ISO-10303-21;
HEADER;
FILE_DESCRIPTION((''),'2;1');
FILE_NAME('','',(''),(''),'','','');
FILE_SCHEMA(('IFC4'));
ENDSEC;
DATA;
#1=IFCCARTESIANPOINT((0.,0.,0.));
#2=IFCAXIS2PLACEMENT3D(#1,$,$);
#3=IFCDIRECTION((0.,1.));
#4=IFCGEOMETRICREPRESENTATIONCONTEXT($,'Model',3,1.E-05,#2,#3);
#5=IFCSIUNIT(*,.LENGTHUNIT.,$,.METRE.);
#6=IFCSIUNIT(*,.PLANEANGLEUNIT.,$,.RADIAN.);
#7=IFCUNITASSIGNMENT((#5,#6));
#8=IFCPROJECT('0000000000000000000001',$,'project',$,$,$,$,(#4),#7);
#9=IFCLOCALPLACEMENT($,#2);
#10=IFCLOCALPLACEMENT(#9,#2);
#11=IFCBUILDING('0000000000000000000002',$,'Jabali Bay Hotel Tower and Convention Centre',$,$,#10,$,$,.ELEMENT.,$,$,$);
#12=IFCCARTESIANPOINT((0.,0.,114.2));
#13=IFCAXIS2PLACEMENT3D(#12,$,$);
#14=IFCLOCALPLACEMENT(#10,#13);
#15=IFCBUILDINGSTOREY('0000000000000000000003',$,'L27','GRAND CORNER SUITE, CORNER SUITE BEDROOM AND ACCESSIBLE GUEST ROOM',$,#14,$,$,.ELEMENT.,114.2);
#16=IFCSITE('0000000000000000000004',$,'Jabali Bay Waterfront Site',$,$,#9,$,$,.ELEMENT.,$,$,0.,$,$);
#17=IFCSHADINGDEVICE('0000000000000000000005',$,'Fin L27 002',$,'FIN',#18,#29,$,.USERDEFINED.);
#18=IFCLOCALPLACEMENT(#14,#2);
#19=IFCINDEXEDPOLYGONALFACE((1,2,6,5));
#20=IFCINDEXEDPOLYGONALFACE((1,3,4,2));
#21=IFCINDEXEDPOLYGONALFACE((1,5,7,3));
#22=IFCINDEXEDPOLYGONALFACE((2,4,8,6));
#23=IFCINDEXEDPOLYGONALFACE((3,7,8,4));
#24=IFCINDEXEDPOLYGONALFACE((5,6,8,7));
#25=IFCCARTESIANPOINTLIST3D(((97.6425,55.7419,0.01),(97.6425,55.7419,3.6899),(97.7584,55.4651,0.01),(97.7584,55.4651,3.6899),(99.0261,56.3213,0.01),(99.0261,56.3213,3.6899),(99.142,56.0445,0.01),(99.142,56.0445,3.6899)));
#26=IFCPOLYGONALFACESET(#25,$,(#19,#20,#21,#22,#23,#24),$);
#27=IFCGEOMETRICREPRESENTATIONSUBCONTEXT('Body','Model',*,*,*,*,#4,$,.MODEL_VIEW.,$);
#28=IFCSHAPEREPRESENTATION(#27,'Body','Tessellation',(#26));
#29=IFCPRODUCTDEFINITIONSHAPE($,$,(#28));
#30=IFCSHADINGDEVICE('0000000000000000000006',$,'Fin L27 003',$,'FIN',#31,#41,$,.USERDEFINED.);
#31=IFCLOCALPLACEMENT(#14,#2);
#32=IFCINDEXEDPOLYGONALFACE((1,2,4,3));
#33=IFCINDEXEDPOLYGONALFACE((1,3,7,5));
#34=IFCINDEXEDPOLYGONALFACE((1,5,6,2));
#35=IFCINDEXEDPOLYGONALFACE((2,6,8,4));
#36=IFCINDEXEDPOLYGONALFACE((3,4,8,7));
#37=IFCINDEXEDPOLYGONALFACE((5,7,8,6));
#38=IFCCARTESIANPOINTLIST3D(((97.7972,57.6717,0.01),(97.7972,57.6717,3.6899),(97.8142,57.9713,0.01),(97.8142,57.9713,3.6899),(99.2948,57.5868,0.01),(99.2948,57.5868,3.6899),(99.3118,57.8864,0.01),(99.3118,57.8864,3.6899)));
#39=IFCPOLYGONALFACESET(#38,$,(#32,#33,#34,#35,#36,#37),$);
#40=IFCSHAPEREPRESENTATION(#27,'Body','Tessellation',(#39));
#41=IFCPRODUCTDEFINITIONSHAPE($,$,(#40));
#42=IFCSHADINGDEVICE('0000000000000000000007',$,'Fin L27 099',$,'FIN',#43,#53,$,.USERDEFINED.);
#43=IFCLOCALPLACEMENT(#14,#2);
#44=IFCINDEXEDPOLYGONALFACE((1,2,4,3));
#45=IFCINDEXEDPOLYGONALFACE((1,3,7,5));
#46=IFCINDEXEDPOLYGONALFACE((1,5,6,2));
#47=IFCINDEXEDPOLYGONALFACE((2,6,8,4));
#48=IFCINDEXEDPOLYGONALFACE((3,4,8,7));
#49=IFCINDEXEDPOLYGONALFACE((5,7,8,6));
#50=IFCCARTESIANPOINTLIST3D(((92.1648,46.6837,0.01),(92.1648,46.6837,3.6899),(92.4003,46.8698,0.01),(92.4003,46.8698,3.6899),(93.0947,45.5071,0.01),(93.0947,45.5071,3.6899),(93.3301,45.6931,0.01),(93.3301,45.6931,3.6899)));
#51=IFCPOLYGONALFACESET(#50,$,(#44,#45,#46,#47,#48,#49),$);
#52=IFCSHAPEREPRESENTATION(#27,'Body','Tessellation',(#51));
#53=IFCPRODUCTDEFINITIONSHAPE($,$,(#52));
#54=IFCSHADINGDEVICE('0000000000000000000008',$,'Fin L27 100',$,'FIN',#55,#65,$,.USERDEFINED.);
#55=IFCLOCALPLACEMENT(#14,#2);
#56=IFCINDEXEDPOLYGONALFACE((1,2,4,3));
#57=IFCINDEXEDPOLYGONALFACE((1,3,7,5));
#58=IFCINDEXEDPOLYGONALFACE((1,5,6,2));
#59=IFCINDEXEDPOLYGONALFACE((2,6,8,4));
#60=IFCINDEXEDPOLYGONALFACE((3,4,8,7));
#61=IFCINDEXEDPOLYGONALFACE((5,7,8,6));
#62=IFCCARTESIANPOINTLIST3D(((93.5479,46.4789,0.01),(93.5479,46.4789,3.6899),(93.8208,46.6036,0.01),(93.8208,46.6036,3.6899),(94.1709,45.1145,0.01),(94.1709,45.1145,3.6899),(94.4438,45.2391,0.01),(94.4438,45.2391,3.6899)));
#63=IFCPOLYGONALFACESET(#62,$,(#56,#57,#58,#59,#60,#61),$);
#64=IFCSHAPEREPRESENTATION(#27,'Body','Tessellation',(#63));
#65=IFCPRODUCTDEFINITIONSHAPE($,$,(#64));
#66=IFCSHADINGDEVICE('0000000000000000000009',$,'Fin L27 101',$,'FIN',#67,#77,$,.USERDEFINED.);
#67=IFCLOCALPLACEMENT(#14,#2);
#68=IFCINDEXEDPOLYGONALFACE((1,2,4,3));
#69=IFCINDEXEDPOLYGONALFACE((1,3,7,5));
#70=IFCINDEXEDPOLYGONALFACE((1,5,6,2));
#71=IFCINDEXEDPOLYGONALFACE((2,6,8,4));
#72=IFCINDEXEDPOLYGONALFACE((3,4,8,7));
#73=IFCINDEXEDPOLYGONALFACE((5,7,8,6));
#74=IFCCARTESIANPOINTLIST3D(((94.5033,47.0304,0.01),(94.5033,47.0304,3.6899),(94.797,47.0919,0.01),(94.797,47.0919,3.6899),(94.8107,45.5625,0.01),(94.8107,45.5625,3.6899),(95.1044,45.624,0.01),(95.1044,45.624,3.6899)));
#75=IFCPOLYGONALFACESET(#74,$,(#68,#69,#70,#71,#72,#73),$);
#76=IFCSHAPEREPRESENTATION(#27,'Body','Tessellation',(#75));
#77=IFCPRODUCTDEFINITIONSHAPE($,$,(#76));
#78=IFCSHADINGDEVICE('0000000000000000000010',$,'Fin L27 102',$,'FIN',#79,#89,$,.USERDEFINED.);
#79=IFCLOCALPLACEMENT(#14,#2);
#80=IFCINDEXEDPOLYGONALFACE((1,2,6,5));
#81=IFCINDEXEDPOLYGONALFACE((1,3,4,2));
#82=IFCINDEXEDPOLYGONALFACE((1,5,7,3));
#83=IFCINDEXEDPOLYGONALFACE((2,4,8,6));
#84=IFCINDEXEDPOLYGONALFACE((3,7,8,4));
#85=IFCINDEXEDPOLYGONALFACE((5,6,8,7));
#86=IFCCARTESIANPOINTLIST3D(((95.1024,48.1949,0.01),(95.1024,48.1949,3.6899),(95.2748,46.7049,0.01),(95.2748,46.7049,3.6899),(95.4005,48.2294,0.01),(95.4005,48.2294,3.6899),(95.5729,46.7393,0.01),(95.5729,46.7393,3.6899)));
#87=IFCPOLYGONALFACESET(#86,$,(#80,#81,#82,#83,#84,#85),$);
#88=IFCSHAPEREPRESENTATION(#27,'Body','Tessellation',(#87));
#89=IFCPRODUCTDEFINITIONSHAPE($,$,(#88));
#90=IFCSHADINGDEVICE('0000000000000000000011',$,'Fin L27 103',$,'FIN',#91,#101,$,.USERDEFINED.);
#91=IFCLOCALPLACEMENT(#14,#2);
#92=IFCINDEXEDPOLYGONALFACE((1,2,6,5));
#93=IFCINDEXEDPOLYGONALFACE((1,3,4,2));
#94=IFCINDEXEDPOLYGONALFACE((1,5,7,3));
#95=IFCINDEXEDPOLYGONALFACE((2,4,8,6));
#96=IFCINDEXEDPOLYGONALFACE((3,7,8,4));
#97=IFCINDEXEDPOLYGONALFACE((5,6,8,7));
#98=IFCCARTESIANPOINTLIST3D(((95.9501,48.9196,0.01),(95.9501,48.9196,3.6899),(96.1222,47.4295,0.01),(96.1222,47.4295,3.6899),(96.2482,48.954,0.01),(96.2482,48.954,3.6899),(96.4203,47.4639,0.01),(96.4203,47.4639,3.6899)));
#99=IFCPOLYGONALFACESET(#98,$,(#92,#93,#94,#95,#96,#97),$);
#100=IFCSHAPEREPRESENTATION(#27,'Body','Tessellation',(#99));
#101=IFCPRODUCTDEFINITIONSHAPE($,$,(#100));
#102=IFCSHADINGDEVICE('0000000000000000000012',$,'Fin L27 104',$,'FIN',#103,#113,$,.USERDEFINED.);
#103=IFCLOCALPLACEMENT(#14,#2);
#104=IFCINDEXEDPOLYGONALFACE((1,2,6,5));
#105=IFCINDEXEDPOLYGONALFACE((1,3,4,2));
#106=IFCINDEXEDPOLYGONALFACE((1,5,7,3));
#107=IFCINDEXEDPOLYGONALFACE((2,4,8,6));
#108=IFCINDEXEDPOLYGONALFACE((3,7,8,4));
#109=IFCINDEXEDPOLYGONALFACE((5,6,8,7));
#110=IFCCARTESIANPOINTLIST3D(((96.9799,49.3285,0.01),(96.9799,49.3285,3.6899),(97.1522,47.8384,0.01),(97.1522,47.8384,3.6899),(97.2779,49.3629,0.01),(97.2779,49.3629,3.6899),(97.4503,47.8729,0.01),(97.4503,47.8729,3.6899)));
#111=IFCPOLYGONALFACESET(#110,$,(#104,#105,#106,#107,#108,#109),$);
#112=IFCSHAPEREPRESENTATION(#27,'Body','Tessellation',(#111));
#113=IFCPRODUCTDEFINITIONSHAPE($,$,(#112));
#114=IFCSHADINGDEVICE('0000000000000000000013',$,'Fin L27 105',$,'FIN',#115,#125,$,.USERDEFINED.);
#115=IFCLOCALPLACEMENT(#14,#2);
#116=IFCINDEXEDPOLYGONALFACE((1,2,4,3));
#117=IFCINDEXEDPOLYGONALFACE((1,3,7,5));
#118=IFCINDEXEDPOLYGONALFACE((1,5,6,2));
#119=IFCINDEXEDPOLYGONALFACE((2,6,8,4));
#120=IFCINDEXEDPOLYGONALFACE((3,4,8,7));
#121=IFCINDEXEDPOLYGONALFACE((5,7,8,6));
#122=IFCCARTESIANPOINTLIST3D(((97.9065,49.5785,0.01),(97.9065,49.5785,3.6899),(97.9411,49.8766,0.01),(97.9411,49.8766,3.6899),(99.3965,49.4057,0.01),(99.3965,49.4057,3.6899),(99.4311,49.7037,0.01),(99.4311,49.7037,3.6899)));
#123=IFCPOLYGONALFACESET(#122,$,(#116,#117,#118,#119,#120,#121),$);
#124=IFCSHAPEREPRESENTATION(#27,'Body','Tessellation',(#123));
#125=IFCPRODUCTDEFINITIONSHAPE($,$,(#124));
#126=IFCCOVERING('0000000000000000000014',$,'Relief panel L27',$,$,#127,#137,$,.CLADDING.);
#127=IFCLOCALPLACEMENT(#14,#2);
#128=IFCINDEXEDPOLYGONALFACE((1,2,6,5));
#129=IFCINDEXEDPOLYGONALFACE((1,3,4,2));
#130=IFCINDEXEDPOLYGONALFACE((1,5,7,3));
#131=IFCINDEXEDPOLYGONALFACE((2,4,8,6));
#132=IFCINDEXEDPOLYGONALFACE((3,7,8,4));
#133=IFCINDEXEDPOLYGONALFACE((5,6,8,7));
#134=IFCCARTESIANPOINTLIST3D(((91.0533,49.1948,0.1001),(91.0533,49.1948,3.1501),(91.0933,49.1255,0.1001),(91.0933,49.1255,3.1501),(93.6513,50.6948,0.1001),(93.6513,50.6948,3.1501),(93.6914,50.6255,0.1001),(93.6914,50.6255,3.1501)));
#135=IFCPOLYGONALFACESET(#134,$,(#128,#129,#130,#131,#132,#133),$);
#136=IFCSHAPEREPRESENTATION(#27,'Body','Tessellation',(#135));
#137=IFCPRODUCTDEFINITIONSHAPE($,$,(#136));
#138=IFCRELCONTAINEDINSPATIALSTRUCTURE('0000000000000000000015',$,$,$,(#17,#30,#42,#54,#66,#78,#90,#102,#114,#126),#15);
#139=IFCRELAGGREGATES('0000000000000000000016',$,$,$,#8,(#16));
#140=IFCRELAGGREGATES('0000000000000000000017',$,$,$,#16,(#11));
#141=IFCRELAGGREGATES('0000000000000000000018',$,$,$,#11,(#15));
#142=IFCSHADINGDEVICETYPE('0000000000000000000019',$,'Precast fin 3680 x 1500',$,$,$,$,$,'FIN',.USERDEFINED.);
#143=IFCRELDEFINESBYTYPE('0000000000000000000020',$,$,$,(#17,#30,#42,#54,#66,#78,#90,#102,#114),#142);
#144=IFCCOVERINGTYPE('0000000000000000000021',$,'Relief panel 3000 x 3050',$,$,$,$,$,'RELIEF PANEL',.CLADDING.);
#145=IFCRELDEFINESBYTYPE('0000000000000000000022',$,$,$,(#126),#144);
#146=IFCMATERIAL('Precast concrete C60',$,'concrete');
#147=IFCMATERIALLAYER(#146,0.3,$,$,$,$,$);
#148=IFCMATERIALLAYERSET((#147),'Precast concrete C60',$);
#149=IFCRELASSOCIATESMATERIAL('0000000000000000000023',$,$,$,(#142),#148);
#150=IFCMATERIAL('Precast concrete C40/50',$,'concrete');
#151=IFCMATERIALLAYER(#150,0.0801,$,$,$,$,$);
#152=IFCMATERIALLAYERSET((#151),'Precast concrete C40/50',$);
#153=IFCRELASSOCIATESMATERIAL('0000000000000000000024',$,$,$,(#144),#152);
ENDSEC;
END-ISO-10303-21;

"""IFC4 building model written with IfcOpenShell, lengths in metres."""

from ifc_helpers import new_model, si_unit, direction, frame, frame_2d, origin, origin_2d, place, context, subcontext, project, spatial, rectangle, extrude, material, layer, layer_set, type_object, element, save


model = new_model("IFC4")

# Units and contexts
model_context = context("Model", 3, precision=1e-05, world=origin(), true_north=direction((0.0, 1.0)))
body_context = subcontext(model_context, "Body", "Model", "MODEL_VIEW")
ifc_project = project(units=[si_unit("LENGTHUNIT", "METRE"), si_unit("PLANEANGLEUNIT", "RADIAN")], contexts=[model_context])

# Site, building, storey
site_placement = place(None, origin())
site = spatial("IfcSite", under=ifc_project, at=site_placement, Name="Jabali Bay Waterfront Site", CompositionType="ELEMENT", RefElevation=0.0)
building_placement = place(site_placement, origin())
building = spatial("IfcBuilding", under=site, at=building_placement, Name="Jabali Bay Hotel Tower and Convention Centre", CompositionType="ELEMENT")
storey_placement = place(building_placement, frame((0.0, 0.0, 114.2)))
storey = spatial("IfcBuildingStorey", under=building, at=storey_placement, Name="L27", Description="GRAND CORNER SUITE, CORNER SUITE BEDROOM AND ACCESSIBLE GUEST ROOM", CompositionType="ELEMENT", Elevation=114.2)

# Shading devices
ifc_material_1 = material(Name="Precast concrete C60", Category="concrete")
ifc_layer_1 = layer(ifc_material_1, 0.3)
ifc_layer_set_1 = layer_set([ifc_layer_1], Name="Precast concrete C60")
shading_device_type = type_object("IfcShadingDeviceType", Name="Precast fin 3680 x 1500", ElementType="FIN", PredefinedType="USERDEFINED", material=ifc_layer_set_1)
for number, where, z_axis, x_axis, name in (
    (1, (97.7004, 55.6035, 0.01), (0.0, 0.0, 1.0), (0.922396, 0.386244, 0.0), "Fin L27 002"),
    (2, (97.8057, 57.8215, 0.01), (0.0, 0.0, 1.0), (0.998395, -0.056642, 0.0), "Fin L27 003"),
):
    element("IfcShadingDevice", number, at=place(storey_placement, frame(where, z_axis=z_axis, x_axis=x_axis)), inside=storey, type_object=shading_device_type, Name=name, ObjectType="FIN", PredefinedType="USERDEFINED", context=body_context, shape_type="SweptSolid", body=[
        extrude(rectangle(XDim=1.5, YDim=0.3, at=frame_2d((0.75, 0.0))), origin(), (0.0, 0.0, 1.0), 3.6799),
    ])
shading_device_1_placement = place(storey_placement, frame((92.2825, 46.7769, 0.01), z_axis=(0.0, 0.0, 1.0), x_axis=(0.620019, -0.784587, 0.0)))
element("IfcShadingDevice", 3, at=shading_device_1_placement, inside=storey, type_object=shading_device_type, Name="Fin L27 099", ObjectType="FIN", PredefinedType="USERDEFINED", context=body_context, shape_type="SweptSolid", body=[
    extrude(rectangle(XDim=1.4998, YDim=0.3, at=frame_2d((0.75, 0.0))), origin(), (0.0, 0.0, 1.0), 3.6799),
])
shading_device_2_placement = place(storey_placement, frame((93.6843, 46.5413, 0.01), z_axis=(0.0, 0.0, 1.0), x_axis=(0.41536, -0.909657, 0.0)))
element("IfcShadingDevice", 4, at=shading_device_2_placement, inside=storey, type_object=shading_device_type, Name="Fin L27 100", ObjectType="FIN", PredefinedType="USERDEFINED", context=body_context, shape_type="SweptSolid", body=[
    extrude(rectangle(XDim=1.5, YDim=0.3, at=frame_2d((0.75, 0.0))), origin(), (0.0, 0.0, 1.0), 3.6799),
])
shading_device_3_placement = place(storey_placement, frame((94.6501, 47.0613, 0.01), z_axis=(0.0, 0.0, 1.0), x_axis=(0.204936, -0.978775, 0.0)))
element("IfcShadingDevice", 5, at=shading_device_3_placement, inside=storey, type_object=shading_device_type, Name="Fin L27 101", ObjectType="FIN", PredefinedType="USERDEFINED", context=body_context, shape_type="SweptSolid", body=[
    extrude(rectangle(XDim=1.4998, YDim=0.3, at=frame_2d((0.75, 0.0))), origin(), (0.0, 0.0, 1.0), 3.6799),
])
for number, where, z_axis, x_axis, name in (
    (6, (95.2515, 48.2122, 0.01), (0.0, 0.0, 1.0), (0.114914, -0.993375, 0.0), "Fin L27 102"),
    (7, (96.0991, 48.9368, 0.01), (0.0, 0.0, 1.0), (0.114754, -0.993394, 0.0), "Fin L27 103"),
    (8, (97.1289, 49.3457, 0.01), (0.0, 0.0, 1.0), (0.114914, -0.993375, 0.0), "Fin L27 104"),
    (9, (97.9238, 49.7275, 0.01), (0.0, 0.0, 1.0), (0.993338, -0.115236, 0.0), "Fin L27 105"),
):
    element("IfcShadingDevice", number, at=place(storey_placement, frame(where, z_axis=z_axis, x_axis=x_axis)), inside=storey, type_object=shading_device_type, Name=name, ObjectType="FIN", PredefinedType="USERDEFINED", context=body_context, shape_type="SweptSolid", body=[
        extrude(rectangle(XDim=1.5, YDim=0.3, at=frame_2d((0.75, 0.0))), origin(), (0.0, 0.0, 1.0), 3.6799),
    ])

# Covering
ifc_material_2 = material(Name="Precast concrete C40/50", Category="concrete")
ifc_layer_2 = layer(ifc_material_2, 0.0801)
ifc_layer_set_2 = layer_set([ifc_layer_2], Name="Precast concrete C40/50")
covering_type = type_object("IfcCoveringType", Name="Relief panel 3000 x 3050", ElementType="RELIEF PANEL", PredefinedType="CLADDING", material=ifc_layer_set_2)
covering_placement = place(storey_placement, frame((92.3723, 49.9102, 0.1001), z_axis=(0.0, 0.0, 1.0), x_axis=(-0.866025, -0.5, 0.0)))
element("IfcCovering", 10, at=covering_placement, inside=storey, type_object=covering_type, Name="Relief panel L27", PredefinedType="CLADDING", context=body_context, shape_type="SweptSolid", body=[
    extrude(rectangle(XDim=3.0, YDim=0.0801, at=origin_2d()), origin(), (0.0, 0.0, 1.0), 3.05),
])

save(model, "model.ifc")
